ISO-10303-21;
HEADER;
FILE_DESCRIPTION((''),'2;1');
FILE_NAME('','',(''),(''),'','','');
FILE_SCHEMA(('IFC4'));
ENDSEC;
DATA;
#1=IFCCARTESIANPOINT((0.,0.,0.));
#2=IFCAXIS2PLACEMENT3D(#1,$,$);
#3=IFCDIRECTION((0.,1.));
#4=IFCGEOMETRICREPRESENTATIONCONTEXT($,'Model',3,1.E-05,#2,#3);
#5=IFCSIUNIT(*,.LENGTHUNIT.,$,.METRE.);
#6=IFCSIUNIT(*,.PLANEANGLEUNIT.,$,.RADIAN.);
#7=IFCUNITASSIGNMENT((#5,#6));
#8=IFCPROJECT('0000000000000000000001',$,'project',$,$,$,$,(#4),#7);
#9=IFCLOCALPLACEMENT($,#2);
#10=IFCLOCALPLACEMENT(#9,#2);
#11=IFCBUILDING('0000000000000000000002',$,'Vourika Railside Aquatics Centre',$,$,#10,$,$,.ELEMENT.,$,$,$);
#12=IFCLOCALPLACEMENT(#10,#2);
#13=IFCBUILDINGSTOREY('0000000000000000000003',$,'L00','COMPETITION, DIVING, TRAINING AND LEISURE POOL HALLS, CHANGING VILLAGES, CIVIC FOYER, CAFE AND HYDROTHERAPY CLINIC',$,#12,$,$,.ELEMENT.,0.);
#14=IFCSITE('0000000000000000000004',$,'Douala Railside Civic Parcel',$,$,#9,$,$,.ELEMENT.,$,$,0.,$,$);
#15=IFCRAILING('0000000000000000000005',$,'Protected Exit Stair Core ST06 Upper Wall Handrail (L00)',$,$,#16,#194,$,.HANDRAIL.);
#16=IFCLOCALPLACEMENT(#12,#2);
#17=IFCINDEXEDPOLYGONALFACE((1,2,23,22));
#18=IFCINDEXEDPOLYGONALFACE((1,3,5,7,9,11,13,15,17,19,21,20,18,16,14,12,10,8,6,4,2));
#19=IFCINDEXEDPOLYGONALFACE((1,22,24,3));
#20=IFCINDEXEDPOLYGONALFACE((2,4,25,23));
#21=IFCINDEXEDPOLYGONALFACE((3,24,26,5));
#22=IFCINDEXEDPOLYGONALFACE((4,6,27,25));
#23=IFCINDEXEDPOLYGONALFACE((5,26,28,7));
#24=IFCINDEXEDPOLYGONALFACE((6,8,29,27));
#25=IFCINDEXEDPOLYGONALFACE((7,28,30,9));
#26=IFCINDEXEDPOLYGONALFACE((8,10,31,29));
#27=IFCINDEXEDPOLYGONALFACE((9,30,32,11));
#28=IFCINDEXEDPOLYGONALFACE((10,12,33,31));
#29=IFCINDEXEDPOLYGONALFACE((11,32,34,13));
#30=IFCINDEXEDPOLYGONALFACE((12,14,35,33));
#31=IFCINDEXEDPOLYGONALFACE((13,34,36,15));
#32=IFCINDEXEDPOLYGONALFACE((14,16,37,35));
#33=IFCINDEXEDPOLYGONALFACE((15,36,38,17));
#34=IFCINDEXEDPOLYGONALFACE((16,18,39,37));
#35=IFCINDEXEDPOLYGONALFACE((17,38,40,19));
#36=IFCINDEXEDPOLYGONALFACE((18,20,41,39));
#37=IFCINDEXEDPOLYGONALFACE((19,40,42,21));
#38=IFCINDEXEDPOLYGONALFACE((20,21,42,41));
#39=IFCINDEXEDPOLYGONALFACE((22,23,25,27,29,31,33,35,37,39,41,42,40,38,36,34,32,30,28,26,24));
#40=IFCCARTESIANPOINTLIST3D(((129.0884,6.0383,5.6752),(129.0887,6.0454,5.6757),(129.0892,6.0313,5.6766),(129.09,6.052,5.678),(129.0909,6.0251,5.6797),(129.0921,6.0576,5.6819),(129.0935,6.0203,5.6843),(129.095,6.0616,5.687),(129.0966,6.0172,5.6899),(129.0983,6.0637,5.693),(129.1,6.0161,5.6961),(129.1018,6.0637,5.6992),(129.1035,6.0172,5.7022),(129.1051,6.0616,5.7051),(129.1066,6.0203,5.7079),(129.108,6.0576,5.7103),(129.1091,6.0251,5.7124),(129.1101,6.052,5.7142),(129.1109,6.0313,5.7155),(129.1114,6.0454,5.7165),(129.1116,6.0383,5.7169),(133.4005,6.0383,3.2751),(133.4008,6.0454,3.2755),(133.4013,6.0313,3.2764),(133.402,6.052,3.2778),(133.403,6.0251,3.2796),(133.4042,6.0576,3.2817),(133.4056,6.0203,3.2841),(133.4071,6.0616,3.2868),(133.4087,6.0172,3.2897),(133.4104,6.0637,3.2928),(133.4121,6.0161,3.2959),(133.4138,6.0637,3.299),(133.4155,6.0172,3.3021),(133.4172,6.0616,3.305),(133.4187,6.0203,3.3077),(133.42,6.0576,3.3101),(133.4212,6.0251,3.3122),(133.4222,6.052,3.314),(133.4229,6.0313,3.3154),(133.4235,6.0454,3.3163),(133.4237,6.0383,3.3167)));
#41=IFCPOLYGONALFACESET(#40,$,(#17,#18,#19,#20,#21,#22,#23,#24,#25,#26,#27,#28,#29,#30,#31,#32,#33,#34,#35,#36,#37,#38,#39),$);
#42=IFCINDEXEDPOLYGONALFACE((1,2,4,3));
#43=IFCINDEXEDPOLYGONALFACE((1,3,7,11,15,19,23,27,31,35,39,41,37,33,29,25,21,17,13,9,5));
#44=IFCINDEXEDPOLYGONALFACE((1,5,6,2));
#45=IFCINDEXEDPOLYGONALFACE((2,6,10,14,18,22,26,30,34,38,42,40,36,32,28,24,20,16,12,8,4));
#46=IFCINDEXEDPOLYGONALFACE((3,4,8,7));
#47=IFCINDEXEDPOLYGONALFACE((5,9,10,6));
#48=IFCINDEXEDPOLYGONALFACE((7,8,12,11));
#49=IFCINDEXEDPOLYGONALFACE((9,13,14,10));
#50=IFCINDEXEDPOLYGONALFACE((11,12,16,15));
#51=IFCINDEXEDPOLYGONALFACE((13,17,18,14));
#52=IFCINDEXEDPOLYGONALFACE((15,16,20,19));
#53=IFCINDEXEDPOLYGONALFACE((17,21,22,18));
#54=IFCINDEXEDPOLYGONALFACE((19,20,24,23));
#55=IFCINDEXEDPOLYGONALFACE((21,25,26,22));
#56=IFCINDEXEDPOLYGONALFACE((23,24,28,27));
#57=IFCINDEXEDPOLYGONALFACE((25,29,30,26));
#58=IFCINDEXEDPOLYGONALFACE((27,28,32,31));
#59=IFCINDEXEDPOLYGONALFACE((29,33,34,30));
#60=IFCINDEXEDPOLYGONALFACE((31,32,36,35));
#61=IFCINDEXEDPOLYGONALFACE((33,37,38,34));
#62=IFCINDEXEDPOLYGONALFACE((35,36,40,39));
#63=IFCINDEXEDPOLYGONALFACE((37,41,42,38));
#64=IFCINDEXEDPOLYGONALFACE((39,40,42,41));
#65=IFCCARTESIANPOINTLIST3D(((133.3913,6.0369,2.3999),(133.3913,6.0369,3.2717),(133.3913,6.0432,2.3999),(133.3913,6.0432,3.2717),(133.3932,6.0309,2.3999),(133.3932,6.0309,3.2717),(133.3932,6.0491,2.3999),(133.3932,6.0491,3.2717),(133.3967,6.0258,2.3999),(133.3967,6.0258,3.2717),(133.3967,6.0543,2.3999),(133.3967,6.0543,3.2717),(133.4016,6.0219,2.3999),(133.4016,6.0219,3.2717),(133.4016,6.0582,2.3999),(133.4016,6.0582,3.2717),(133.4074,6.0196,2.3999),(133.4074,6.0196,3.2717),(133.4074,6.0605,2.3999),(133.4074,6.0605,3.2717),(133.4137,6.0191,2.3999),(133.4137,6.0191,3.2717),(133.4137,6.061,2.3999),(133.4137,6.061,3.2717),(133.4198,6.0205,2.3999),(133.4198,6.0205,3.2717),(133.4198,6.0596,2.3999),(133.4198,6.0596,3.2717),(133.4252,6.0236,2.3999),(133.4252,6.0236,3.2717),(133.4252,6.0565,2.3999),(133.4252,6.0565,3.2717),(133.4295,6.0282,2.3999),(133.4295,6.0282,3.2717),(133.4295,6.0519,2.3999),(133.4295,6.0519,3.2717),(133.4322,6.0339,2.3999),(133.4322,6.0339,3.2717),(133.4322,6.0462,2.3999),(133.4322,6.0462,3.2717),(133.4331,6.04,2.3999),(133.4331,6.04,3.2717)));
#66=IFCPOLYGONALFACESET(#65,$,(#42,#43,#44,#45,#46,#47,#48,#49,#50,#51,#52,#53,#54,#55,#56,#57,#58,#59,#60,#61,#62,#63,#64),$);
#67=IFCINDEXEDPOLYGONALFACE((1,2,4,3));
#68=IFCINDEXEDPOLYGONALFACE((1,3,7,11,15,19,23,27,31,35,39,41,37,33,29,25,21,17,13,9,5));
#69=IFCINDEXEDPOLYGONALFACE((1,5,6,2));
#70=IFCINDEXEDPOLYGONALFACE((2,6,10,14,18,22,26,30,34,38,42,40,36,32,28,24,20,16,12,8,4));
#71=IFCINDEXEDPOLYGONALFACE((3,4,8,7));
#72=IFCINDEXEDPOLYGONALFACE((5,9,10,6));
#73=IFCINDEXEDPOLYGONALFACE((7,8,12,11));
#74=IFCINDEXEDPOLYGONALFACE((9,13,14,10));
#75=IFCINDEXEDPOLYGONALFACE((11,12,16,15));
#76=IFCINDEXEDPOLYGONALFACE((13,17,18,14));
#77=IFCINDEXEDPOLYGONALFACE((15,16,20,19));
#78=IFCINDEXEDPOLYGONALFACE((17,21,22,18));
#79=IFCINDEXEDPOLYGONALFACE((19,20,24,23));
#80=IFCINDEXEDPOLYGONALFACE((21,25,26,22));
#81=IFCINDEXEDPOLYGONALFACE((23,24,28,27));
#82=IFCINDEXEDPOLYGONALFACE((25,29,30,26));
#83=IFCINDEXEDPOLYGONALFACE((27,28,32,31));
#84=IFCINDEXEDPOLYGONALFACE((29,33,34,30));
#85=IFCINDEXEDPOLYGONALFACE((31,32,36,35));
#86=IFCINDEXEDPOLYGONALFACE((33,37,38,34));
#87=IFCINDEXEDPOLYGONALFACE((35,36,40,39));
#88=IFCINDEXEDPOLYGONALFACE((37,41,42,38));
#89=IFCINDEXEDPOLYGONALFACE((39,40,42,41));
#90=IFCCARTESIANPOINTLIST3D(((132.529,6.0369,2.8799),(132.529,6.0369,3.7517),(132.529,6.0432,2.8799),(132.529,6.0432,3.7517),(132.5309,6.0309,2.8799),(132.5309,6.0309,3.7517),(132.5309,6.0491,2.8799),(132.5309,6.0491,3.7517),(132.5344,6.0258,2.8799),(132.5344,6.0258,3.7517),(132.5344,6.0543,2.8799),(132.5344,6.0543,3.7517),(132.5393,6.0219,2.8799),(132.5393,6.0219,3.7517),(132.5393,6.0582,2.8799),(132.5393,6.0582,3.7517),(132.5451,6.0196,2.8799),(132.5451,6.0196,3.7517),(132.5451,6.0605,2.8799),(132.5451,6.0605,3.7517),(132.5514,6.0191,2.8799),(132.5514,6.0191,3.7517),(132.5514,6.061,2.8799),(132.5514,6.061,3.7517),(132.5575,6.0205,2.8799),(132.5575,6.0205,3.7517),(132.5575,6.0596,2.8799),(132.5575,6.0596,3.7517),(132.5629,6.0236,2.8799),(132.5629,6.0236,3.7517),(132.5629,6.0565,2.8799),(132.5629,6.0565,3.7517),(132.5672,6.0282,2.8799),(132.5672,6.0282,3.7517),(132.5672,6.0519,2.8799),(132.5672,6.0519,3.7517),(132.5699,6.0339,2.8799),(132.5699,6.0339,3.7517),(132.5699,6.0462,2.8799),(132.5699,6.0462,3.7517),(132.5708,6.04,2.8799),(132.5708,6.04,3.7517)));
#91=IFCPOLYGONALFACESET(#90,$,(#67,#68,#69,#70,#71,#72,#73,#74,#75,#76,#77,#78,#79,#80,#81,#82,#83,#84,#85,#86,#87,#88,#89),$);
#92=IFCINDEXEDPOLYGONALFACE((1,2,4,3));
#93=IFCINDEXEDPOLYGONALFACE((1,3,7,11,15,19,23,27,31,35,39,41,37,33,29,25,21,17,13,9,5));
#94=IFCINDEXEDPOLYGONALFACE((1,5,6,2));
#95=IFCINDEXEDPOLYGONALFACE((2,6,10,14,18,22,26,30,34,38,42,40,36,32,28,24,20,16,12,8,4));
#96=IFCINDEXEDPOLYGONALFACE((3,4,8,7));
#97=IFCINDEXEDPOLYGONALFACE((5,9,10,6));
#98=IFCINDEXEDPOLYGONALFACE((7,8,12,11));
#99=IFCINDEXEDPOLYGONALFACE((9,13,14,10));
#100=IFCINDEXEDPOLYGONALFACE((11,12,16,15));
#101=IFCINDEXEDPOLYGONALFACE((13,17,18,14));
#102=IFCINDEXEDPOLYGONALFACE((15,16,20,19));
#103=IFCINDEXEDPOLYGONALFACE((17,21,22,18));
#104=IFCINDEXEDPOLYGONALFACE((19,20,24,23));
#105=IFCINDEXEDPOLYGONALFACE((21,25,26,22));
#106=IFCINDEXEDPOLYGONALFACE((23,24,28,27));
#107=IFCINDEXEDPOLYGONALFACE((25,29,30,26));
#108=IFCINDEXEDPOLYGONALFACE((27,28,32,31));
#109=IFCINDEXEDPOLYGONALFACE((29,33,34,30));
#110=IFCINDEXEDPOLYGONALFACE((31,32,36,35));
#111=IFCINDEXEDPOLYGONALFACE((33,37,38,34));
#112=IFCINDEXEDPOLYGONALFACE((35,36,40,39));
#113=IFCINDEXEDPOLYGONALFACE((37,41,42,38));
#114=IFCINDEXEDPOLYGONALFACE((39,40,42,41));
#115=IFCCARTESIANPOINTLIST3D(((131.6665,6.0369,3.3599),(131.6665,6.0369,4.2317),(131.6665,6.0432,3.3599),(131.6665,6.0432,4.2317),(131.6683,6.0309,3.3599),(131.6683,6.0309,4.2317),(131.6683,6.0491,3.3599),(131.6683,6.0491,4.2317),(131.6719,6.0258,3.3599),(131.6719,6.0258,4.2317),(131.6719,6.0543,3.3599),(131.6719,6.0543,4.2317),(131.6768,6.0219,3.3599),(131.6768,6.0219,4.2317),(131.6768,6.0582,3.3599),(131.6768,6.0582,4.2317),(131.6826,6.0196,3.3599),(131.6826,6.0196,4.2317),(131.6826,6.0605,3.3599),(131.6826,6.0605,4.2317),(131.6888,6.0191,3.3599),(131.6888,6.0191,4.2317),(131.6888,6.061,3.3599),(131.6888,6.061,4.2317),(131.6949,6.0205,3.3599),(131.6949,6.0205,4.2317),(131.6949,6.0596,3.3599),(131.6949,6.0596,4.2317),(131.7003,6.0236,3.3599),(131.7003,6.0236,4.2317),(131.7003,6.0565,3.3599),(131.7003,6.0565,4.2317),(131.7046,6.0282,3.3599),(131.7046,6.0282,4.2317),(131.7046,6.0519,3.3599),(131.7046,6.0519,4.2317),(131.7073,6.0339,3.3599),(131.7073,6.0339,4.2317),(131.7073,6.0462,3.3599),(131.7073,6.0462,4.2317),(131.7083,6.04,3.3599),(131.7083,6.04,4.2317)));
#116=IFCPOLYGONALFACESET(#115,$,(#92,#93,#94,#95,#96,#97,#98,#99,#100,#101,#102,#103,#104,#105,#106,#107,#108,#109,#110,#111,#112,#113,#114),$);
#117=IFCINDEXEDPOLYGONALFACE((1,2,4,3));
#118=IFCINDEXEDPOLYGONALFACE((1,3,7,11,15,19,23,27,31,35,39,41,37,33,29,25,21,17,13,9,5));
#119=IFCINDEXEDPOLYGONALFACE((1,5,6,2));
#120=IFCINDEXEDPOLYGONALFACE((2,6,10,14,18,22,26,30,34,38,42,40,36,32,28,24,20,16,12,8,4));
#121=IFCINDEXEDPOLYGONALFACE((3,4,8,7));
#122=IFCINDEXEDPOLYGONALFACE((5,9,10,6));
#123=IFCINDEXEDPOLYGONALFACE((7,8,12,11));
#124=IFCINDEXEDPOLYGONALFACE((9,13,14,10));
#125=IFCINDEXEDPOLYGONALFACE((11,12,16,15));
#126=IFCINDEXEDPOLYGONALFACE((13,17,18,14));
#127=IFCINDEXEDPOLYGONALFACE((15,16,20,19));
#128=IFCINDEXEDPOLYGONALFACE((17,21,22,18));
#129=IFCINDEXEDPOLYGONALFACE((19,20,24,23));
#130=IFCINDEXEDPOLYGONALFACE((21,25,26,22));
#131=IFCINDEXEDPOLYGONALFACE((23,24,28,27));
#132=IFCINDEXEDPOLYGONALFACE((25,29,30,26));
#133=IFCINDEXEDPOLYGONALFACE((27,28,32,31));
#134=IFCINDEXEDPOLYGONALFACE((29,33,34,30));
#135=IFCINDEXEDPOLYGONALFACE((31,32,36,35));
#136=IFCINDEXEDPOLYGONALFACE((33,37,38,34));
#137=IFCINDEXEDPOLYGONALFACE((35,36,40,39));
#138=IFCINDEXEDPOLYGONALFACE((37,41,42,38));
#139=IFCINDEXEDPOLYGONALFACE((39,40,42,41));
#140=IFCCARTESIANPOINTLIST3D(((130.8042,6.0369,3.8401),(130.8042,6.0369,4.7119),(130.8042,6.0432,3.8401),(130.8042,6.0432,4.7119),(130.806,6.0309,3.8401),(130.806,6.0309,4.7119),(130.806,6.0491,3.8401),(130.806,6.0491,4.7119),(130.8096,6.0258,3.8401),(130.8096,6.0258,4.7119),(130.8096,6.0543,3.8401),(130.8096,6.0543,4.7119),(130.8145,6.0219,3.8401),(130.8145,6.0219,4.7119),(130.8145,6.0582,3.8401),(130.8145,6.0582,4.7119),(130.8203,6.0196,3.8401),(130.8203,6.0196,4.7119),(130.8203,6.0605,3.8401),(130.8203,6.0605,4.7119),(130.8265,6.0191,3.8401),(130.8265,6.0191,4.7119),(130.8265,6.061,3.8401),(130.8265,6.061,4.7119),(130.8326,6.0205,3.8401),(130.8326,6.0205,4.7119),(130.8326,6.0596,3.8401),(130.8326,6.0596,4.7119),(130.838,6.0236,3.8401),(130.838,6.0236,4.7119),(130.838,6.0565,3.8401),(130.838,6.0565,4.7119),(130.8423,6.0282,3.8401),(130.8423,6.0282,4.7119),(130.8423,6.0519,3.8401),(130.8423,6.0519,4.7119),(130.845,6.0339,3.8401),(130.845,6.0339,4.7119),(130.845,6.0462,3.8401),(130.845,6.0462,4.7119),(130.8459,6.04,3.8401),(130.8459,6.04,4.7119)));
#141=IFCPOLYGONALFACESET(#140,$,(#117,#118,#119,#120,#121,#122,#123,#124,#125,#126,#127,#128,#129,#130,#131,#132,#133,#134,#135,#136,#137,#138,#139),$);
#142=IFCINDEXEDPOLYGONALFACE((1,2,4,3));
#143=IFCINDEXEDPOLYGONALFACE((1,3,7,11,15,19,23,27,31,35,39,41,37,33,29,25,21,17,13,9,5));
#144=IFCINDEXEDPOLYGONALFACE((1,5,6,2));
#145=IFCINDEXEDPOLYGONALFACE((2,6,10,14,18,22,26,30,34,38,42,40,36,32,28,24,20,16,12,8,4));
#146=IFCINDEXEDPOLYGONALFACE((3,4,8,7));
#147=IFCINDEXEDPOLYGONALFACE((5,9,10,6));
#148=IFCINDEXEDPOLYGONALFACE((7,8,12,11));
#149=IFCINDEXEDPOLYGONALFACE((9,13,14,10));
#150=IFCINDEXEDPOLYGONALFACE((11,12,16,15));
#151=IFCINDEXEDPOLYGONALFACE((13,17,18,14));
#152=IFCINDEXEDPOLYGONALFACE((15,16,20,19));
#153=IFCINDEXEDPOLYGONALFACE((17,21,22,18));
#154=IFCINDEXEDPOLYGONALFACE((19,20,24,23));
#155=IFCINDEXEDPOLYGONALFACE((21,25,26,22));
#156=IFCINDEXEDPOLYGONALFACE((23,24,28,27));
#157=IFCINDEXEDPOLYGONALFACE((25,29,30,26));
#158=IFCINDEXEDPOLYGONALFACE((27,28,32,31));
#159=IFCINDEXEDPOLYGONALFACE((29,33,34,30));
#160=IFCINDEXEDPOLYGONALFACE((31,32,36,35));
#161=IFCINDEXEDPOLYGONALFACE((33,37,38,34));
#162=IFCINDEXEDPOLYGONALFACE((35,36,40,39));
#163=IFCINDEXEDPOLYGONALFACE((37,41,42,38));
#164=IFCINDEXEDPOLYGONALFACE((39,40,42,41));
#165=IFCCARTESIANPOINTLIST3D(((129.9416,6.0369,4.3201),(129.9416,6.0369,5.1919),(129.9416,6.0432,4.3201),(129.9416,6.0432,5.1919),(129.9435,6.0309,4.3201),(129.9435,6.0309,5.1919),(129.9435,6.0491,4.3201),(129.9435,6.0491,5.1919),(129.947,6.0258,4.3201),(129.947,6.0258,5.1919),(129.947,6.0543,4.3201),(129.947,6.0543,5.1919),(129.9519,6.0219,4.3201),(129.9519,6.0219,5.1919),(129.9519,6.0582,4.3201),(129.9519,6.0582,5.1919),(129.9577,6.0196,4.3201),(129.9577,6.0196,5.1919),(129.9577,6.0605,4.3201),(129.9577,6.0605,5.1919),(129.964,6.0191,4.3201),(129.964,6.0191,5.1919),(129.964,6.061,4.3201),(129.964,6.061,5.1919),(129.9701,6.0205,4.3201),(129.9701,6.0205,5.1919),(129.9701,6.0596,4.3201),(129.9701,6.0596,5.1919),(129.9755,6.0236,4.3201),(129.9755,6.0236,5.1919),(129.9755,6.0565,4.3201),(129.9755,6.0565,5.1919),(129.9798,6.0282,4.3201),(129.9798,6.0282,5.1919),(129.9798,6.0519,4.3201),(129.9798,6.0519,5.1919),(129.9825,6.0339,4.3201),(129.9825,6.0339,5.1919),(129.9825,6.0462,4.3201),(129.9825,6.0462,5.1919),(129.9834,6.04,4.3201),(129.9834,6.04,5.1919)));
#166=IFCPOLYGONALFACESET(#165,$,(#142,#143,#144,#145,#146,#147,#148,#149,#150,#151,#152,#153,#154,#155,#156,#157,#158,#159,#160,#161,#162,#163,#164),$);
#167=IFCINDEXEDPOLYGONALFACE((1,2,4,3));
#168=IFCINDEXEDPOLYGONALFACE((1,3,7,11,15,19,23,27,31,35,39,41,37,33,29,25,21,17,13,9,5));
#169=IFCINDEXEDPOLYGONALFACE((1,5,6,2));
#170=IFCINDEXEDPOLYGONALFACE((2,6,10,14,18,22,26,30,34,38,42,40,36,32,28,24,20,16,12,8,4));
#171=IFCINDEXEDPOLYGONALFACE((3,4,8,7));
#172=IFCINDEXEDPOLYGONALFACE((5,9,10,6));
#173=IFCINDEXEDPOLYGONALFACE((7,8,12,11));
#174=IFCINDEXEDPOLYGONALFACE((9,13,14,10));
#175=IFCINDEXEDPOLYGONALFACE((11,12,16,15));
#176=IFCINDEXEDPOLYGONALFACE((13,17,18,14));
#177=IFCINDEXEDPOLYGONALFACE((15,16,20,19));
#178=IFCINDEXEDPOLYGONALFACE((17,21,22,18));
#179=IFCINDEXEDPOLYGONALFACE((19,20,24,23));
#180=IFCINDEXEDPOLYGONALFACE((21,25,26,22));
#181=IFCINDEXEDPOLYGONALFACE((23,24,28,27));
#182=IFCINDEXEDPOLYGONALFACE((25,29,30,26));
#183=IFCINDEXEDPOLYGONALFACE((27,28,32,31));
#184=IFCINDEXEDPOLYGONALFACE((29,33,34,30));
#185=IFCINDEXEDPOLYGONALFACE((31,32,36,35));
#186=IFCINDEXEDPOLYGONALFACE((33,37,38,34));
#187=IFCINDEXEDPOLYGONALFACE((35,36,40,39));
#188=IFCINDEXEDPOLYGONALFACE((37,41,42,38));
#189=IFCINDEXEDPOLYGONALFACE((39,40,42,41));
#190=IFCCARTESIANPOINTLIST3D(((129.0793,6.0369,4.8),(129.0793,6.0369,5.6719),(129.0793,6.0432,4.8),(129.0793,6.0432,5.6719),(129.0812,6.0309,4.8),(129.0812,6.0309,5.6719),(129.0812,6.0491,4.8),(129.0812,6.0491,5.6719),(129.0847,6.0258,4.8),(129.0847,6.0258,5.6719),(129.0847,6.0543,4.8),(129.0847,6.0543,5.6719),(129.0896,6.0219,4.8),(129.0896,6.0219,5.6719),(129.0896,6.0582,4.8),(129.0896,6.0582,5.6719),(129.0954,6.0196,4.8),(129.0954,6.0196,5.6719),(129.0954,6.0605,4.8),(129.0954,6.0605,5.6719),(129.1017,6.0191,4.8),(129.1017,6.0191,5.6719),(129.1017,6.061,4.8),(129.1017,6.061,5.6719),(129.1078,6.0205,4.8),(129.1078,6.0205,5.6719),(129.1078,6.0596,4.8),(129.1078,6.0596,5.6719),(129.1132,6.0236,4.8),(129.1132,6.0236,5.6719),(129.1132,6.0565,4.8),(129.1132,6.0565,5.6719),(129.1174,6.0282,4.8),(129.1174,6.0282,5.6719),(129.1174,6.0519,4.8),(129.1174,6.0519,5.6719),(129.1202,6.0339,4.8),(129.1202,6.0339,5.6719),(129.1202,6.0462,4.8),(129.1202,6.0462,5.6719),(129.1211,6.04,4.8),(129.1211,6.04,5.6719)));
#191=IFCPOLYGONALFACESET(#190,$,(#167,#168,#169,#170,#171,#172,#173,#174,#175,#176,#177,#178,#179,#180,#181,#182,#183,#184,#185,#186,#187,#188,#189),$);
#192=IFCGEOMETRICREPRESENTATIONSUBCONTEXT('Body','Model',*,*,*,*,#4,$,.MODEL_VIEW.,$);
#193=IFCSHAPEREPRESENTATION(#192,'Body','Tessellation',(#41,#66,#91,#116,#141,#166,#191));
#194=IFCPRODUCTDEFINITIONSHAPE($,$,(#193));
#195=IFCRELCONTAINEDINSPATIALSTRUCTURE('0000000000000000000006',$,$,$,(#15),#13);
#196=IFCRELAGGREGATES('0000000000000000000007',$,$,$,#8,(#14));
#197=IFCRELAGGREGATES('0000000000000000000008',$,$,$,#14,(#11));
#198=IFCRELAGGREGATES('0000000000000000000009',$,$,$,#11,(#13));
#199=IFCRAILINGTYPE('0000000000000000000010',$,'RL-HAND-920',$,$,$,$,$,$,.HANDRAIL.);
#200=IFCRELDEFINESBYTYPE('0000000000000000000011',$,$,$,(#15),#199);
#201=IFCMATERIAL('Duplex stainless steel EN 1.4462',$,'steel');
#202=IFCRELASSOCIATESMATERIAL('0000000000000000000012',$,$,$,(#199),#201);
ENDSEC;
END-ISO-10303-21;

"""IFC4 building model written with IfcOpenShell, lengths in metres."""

from ifc_helpers import new_model, si_unit, direction, frame, origin, origin_2d, place, context, subcontext, project, spatial, circle, extrude, material, type_object, element, save


model = new_model("IFC4")

# Units and contexts
model_context = context("Model", 3, precision=1e-05, world=origin(), true_north=direction((0.0, 1.0)))
body_context = subcontext(model_context, "Body", "Model", "MODEL_VIEW")
ifc_project = project(units=[si_unit("LENGTHUNIT", "METRE"), si_unit("PLANEANGLEUNIT", "RADIAN")], contexts=[model_context])

# Site, building, storey
site_placement = place(None, origin())
site = spatial("IfcSite", under=ifc_project, at=site_placement, Name="Douala Railside Civic Parcel", CompositionType="ELEMENT", RefElevation=0.0)
building_placement = place(site_placement, origin())
building = spatial("IfcBuilding", under=site, at=building_placement, Name="Vourika Railside Aquatics Centre", CompositionType="ELEMENT")
storey_placement = place(building_placement, origin())
storey = spatial("IfcBuildingStorey", under=building, at=storey_placement, Name="L00", Description="COMPETITION, DIVING, TRAINING AND LEISURE POOL HALLS, CHANGING VILLAGES, CIVIC FOYER, CAFE AND HYDROTHERAPY CLINIC", CompositionType="ELEMENT", Elevation=0.0)

# Railing
ifc_material_1 = material(Name="Duplex stainless steel EN 1.4462", Category="steel")
railing_type = type_object("IfcRailingType", Name="RL-HAND-920", PredefinedType="HANDRAIL", material=ifc_material_1)
railing_placement = place(storey_placement, frame((133.4121, 6.04, 2.3999)))
element("IfcRailing", 1, at=railing_placement, inside=storey, type_object=railing_type, Name="Protected Exit Stair Core ST06 Upper Wall Handrail (L00)", PredefinedType="HANDRAIL", context=body_context, shape_type="SweptSolid", body=[
    extrude(circle(Radius=0.0239, at=origin_2d()), frame((0.0, 0.0, 0.896), z_axis=(-0.873763, 0.0, 0.486353), x_axis=(0.0, -1.0, 0.0)), (0.0, 0.0, 1.0), 4.9351),
    extrude(circle(Radius=0.021, at=origin_2d()), origin(), (0.0, 0.0, 1.0), 0.8718),
    extrude(circle(Radius=0.021, at=origin_2d()), frame((-0.8623, 0.0, 0.48)), (0.0, 0.0, 1.0), 0.8718),
    extrude(circle(Radius=0.021, at=origin_2d()), frame((-1.7249, 0.0, 0.96)), (0.0, 0.0, 1.0), 0.8718),
    extrude(circle(Radius=0.021, at=origin_2d()), frame((-2.5872, 0.0, 1.4402)), (0.0, 0.0, 1.0), 0.8718),
    extrude(circle(Radius=0.021, at=origin_2d()), frame((-3.4497, 0.0, 1.9202)), (0.0, 0.0, 1.0), 0.8718),
    extrude(circle(Radius=0.021, at=origin_2d()), frame((-4.312, 0.0, 2.4001)), (0.0, 0.0, 1.0), 0.8718),
])

save(model, "model.ifc")
